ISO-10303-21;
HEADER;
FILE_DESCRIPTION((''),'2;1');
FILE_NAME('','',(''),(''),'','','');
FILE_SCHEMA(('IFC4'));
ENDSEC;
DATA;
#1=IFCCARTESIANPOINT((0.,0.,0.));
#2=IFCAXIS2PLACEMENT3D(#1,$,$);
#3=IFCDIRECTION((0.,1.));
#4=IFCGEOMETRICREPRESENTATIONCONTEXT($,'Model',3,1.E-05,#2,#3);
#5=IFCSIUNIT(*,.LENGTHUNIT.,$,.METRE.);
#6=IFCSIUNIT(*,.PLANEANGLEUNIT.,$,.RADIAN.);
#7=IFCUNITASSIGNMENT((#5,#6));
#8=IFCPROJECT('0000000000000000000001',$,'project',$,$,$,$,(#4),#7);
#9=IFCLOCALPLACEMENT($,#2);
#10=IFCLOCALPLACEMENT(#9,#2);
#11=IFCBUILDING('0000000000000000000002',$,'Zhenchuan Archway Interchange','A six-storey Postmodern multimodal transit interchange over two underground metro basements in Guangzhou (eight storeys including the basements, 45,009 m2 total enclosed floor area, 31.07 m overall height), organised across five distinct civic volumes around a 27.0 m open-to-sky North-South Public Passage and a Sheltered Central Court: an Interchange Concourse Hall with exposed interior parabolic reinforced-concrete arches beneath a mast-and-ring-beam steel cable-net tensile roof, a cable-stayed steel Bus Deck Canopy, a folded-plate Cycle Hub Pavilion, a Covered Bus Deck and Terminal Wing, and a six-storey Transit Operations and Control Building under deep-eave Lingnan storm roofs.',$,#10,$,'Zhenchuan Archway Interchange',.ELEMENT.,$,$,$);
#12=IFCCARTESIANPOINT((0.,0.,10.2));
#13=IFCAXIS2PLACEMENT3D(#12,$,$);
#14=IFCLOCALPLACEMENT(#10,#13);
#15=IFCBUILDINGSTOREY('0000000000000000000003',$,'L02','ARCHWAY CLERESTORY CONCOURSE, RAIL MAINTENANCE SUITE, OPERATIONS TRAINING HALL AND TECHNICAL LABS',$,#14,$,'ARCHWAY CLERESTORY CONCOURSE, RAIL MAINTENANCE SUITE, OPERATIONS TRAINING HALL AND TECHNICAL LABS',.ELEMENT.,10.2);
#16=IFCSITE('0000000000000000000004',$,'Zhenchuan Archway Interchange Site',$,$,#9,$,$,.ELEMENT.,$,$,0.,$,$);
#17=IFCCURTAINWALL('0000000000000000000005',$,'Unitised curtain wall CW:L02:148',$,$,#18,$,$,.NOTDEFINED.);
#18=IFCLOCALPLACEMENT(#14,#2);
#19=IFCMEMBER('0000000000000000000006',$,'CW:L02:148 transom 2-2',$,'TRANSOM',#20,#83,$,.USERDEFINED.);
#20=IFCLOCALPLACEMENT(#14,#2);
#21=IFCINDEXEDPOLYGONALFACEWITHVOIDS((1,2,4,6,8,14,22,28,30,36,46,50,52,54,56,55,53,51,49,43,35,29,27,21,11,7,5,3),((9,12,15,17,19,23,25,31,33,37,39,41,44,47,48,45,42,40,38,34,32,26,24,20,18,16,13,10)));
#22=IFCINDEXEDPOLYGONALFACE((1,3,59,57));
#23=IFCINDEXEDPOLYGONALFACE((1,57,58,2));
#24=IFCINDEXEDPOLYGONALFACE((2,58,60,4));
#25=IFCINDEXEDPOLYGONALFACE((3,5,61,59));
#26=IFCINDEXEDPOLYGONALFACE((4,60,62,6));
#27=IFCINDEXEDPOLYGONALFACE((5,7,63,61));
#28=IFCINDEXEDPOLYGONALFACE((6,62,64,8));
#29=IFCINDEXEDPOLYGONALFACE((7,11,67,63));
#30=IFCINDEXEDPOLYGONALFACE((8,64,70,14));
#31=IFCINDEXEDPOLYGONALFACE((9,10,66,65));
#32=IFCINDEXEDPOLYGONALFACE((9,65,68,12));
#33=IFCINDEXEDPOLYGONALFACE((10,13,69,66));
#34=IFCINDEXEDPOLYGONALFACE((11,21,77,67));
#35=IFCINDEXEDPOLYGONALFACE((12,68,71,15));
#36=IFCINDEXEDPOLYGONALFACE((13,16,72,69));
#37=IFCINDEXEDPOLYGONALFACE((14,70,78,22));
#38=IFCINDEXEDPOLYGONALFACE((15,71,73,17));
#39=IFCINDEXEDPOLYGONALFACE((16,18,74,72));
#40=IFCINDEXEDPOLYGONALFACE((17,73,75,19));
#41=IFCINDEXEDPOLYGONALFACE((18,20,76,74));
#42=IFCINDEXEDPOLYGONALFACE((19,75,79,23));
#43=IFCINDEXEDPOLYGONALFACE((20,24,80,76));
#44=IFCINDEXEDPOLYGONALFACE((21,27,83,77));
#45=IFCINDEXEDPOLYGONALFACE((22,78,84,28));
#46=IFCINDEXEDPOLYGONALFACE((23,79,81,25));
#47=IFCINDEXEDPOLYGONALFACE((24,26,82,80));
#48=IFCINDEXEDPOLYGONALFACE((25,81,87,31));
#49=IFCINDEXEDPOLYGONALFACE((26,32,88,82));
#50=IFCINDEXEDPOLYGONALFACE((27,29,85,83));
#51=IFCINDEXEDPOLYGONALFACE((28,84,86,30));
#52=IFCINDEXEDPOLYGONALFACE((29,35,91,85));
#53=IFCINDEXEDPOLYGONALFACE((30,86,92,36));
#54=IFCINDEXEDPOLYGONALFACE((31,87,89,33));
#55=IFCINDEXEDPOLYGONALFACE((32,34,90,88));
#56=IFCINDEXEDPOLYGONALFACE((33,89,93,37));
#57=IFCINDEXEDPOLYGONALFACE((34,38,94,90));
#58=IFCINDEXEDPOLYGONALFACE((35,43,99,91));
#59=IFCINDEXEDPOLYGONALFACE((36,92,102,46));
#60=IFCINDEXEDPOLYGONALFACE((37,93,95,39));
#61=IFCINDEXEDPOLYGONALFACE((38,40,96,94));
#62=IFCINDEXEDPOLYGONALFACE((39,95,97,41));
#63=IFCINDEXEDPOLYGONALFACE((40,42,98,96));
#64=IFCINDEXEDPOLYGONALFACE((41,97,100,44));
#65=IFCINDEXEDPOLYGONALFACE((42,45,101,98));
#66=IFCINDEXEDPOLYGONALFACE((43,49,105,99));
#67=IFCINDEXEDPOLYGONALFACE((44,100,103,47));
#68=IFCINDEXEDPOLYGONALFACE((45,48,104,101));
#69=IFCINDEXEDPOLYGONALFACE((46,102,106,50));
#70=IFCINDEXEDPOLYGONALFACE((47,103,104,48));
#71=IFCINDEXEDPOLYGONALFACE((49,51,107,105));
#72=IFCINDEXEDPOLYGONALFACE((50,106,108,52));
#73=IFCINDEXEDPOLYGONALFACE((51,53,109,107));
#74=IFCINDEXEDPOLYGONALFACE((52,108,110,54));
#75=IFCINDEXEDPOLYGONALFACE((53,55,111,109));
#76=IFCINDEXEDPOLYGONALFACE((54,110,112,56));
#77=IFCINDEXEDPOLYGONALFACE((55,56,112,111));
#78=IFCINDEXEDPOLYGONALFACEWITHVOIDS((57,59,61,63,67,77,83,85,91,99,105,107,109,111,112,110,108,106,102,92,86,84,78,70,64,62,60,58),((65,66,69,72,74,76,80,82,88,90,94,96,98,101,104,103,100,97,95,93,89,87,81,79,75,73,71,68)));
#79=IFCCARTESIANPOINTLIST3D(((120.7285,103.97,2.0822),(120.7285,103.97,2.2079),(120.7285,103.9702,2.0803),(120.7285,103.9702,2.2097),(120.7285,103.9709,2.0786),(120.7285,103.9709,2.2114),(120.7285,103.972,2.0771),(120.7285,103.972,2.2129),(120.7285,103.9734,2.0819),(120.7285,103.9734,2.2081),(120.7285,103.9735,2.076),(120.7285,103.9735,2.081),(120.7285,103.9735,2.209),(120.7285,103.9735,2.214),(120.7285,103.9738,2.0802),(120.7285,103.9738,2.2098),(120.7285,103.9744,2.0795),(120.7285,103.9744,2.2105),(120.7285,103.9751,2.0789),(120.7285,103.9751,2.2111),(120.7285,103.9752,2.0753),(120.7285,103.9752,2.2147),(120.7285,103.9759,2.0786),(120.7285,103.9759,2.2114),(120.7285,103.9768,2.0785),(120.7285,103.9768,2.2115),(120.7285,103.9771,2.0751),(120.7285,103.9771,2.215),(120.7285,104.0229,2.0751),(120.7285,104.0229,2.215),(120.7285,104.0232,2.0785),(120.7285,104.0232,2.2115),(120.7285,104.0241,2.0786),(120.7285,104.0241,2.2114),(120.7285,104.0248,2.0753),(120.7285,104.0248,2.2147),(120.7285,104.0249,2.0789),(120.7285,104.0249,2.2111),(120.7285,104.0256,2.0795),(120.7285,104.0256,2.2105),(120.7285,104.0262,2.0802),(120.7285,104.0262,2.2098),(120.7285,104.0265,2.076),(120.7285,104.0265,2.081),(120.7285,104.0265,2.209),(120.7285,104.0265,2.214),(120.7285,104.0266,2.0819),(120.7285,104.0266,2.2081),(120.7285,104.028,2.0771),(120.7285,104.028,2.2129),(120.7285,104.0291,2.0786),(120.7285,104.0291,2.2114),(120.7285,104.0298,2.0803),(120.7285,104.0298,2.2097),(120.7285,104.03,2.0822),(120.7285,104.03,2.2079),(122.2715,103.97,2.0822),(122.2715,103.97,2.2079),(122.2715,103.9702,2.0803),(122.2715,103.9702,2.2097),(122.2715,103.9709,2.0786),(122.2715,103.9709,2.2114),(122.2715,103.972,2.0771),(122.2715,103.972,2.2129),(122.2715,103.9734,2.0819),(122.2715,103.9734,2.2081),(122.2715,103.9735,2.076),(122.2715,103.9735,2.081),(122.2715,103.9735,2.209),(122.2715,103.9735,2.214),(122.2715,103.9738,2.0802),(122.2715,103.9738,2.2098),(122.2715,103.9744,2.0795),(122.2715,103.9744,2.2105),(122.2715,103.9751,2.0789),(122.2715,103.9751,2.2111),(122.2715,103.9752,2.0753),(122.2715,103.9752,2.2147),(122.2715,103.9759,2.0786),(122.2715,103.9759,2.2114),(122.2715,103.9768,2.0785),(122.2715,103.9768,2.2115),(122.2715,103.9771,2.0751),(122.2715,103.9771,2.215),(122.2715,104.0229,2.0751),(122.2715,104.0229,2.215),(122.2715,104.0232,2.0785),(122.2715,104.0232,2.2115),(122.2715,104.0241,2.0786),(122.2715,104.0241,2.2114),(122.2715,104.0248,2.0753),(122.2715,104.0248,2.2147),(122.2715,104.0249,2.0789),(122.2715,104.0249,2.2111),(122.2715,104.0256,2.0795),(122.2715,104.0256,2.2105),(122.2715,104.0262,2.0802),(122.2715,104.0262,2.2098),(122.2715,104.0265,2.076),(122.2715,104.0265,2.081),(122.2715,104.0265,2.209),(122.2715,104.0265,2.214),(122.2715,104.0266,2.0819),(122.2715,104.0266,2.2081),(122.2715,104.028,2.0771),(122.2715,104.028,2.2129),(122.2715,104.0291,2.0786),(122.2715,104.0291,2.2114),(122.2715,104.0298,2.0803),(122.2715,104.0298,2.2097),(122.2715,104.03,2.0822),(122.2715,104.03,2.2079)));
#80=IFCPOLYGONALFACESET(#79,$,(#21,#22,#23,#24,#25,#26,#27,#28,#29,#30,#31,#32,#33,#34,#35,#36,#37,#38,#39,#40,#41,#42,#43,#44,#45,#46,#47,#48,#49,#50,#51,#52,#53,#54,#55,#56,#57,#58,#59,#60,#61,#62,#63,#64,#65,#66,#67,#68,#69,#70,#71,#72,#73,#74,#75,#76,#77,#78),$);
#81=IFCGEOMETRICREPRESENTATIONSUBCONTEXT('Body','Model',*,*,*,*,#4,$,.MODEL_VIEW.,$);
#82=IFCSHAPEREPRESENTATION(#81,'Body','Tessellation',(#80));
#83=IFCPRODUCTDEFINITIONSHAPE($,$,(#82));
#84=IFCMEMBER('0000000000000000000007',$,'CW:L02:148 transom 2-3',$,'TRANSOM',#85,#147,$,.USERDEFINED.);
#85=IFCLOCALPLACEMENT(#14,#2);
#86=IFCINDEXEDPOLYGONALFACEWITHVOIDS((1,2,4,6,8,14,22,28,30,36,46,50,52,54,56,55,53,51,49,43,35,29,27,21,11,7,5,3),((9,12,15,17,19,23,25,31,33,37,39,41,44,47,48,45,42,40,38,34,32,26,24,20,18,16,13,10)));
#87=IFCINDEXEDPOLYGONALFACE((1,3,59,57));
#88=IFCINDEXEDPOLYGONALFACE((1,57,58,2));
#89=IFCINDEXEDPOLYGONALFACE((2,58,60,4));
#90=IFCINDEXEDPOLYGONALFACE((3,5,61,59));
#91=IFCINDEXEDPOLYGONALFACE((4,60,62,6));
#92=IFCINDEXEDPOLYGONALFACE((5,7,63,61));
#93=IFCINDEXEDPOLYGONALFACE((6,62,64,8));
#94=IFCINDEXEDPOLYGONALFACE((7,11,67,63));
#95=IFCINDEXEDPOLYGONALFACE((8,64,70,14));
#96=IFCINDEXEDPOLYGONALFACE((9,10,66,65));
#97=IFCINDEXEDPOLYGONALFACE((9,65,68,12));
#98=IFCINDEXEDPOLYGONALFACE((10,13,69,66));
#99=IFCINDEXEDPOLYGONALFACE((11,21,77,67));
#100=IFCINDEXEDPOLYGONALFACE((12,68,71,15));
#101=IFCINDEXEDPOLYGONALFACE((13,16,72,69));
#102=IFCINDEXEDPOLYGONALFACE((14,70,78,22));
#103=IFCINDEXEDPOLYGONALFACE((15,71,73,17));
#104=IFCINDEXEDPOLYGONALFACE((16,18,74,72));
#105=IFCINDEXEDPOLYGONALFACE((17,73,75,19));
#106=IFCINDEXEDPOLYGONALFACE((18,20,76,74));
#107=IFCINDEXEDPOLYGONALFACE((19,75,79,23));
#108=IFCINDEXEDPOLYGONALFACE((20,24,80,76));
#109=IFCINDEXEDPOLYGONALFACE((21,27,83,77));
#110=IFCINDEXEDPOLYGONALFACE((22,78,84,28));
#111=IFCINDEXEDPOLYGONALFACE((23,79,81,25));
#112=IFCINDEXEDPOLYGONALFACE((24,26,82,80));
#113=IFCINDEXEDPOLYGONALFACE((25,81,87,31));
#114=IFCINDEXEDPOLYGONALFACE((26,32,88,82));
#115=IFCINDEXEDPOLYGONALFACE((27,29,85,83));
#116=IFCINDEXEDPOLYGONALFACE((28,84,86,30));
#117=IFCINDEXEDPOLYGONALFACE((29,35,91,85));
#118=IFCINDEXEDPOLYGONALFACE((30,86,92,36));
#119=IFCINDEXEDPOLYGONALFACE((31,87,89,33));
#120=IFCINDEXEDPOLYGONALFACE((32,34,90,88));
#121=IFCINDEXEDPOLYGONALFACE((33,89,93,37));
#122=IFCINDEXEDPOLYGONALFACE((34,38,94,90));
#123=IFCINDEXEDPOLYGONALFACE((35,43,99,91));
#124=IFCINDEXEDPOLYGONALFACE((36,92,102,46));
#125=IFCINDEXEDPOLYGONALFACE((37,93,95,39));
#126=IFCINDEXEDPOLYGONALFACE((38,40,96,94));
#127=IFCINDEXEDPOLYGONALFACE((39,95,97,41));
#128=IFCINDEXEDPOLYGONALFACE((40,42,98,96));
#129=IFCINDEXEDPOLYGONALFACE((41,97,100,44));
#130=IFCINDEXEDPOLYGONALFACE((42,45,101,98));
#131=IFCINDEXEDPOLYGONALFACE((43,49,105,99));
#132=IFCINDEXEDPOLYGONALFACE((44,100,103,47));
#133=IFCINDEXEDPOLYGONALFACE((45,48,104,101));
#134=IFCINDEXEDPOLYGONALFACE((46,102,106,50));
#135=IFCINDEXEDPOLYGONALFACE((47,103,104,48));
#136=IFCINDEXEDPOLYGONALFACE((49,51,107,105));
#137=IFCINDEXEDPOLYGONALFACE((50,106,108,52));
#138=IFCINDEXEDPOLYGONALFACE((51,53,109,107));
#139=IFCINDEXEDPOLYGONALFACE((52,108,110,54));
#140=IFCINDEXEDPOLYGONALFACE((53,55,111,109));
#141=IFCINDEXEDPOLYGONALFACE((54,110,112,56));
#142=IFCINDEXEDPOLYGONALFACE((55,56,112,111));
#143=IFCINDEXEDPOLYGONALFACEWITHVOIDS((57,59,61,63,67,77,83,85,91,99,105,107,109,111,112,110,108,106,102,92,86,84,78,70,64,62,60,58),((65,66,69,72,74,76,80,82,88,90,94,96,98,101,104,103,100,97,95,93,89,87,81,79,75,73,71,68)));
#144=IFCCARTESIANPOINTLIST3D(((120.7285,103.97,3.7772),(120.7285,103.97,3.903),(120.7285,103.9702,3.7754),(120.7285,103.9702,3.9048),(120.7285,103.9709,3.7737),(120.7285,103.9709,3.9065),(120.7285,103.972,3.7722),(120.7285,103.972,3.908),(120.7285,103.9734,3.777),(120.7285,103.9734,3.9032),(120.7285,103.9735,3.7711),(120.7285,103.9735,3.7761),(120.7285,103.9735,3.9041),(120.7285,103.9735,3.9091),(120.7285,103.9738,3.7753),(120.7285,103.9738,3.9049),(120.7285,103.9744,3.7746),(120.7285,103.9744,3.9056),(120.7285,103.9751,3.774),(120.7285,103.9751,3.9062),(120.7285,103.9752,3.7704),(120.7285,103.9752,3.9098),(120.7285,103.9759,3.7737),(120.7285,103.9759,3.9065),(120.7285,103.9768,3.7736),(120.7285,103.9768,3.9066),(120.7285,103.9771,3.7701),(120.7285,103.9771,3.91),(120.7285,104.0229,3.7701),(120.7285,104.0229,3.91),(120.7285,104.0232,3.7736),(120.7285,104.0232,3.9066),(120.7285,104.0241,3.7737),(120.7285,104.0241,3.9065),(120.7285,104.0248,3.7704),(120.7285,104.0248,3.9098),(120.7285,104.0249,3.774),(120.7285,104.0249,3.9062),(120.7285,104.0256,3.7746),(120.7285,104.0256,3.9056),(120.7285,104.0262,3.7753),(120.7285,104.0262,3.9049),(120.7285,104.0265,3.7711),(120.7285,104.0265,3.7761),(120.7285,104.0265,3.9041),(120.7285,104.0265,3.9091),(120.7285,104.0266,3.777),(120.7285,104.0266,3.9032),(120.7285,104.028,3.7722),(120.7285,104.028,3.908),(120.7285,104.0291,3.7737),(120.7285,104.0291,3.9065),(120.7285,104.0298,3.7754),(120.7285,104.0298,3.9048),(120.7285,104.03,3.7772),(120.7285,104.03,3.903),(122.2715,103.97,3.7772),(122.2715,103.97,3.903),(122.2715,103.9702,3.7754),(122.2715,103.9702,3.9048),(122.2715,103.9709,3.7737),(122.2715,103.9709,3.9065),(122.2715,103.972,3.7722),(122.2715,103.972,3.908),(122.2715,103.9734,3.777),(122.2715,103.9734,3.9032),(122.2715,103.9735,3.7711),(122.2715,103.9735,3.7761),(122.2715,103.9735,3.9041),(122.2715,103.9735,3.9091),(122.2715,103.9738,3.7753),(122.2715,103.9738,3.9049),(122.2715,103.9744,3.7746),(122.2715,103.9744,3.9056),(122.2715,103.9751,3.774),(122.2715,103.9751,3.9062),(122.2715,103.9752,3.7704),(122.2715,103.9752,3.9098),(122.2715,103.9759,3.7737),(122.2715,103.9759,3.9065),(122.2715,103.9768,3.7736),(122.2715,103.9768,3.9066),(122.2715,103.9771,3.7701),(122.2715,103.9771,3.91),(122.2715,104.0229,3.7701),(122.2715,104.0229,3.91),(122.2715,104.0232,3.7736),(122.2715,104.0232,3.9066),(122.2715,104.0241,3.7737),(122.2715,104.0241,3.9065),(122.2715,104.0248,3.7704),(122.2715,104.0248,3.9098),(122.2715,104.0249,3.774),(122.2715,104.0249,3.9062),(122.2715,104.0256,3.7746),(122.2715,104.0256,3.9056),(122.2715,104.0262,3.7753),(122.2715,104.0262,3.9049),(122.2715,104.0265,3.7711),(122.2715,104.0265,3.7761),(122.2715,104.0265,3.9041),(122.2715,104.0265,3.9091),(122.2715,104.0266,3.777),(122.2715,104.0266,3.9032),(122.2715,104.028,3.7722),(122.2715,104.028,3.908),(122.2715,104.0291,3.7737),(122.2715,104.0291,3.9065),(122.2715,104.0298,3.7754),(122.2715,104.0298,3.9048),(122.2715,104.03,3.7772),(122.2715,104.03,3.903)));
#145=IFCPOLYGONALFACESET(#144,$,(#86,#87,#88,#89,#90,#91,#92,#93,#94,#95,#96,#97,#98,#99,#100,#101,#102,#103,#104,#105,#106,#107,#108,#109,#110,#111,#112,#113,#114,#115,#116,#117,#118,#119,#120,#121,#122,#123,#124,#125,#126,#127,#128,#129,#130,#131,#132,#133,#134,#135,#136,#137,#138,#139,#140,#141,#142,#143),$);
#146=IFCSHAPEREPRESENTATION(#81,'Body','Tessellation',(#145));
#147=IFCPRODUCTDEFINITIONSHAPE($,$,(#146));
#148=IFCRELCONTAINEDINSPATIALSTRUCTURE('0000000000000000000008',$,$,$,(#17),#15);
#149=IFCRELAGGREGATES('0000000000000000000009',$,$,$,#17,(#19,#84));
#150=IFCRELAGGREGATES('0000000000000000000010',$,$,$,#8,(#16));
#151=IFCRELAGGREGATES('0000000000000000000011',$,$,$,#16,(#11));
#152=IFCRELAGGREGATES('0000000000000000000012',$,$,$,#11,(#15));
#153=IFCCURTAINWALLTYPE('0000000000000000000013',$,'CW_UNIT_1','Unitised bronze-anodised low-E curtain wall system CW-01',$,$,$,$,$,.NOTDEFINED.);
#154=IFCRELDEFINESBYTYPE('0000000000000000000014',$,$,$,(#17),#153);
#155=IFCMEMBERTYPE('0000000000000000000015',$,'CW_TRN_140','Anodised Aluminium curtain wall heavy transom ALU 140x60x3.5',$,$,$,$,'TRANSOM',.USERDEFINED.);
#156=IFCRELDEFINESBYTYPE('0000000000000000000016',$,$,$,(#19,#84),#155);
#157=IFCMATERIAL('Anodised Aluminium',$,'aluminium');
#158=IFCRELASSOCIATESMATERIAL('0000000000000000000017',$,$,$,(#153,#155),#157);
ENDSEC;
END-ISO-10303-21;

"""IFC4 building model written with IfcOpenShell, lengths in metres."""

from ifc_helpers import new_model, si_unit, direction, frame, origin, origin_2d, place, context, subcontext, project, spatial, hollow_rectangle, extrude, material, material_profile, profile_set, type_object, element, aggregate, save


model = new_model("IFC4")

# Units and contexts
model_context = context("Model", 3, precision=1e-05, world=origin(), true_north=direction((0.0, 1.0)))
body_context = subcontext(model_context, "Body", "Model", "MODEL_VIEW")
ifc_project = project(units=[si_unit("LENGTHUNIT", "METRE"), si_unit("PLANEANGLEUNIT", "RADIAN")], contexts=[model_context])

# Site, building, storey
site_placement = place(None, origin())
site = spatial("IfcSite", under=ifc_project, at=site_placement, Name="Zhenchuan Archway Interchange Site", CompositionType="ELEMENT", RefElevation=0.0)
building_placement = place(site_placement, origin())
building = spatial("IfcBuilding", under=site, at=building_placement, Name="Zhenchuan Archway Interchange", Description="A six-storey Postmodern multimodal transit interchange over two underground metro basements in Guangzhou (eight storeys including the basements, 45,009 m2 total enclosed floor area, 31.07 m overall height), organised across five distinct civic volumes around a 27.0 m open-to-sky North-South Public Passage and a Sheltered Central Court: an Interchange Concourse Hall with exposed interior parabolic reinforced-concrete arches beneath a mast-and-ring-beam steel cable-net tensile roof, a cable-stayed steel Bus Deck Canopy, a folded-plate Cycle Hub Pavilion, a Covered Bus Deck and Terminal Wing, and a six-storey Transit Operations and Control Building under deep-eave Lingnan storm roofs.", LongName="Zhenchuan Archway Interchange", CompositionType="ELEMENT")
storey_placement = place(building_placement, frame((0.0, 0.0, 10.2)))
storey = spatial("IfcBuildingStorey", under=building, at=storey_placement, Name="L02", Description="ARCHWAY CLERESTORY CONCOURSE, RAIL MAINTENANCE SUITE, OPERATIONS TRAINING HALL AND TECHNICAL LABS", LongName="ARCHWAY CLERESTORY CONCOURSE, RAIL MAINTENANCE SUITE, OPERATIONS TRAINING HALL AND TECHNICAL LABS", CompositionType="ELEMENT", Elevation=10.2)

# Curtain wall, members
ifc_material_1 = material(Name="Anodised Aluminium", Category="aluminium")
curtain_wall_type = type_object("IfcCurtainWallType", Name="CW_UNIT_1", Description="Unitised bronze-anodised low-E curtain wall system CW-01", PredefinedType="NOTDEFINED", material=ifc_material_1)
curtain_wall_placement = place(storey_placement, origin())
curtain_wall = element("IfcCurtainWall", 1, at=curtain_wall_placement, inside=storey, type_object=curtain_wall_type, Name="Unitised curtain wall CW:L02:148", PredefinedType="NOTDEFINED")
ifc_material_profile_1 = material_profile(ifc_material_1, hollow_rectangle(XDim=0.0601, YDim=0.1399, WallThickness=0.0034, InnerFilletRadius=0.0034, OuterFilletRadius=0.0071, at=origin_2d()), Name="ALU 140x60x3.5")
ifc_profile_set_1 = profile_set([ifc_material_profile_1], Name="Anodised Aluminium")
member_type_1 = type_object("IfcMemberType", Name="CW_TRN_140", Description="Anodised Aluminium curtain wall heavy transom ALU 140x60x3.5", ElementType="TRANSOM", PredefinedType="USERDEFINED", material=ifc_profile_set_1)
member_1_placement = place(storey_placement, frame((120.7285, 104.0, 2.145), z_axis=(1.0, 0.0, 0.0), x_axis=(0.0, 1.0, 0.0)))
member_1 = element("IfcMember", 2, at=member_1_placement, type_object=member_type_1, Name="CW:L02:148 transom 2-2", ObjectType="TRANSOM", PredefinedType="USERDEFINED", context=body_context, shape_type="SweptSolid", body=[
    extrude(hollow_rectangle(XDim=0.0601, YDim=0.1399, WallThickness=0.0034, InnerFilletRadius=0.0034, OuterFilletRadius=0.0071, at=origin_2d()), origin(), (0.0, 0.0, 1.0), 1.543),
])
member_2_placement = place(storey_placement, frame((120.7285, 104.0, 3.8401), z_axis=(1.0, 0.0, 0.0), x_axis=(0.0, 1.0, 0.0)))
member_2 = element("IfcMember", 3, at=member_2_placement, type_object=member_type_1, Name="CW:L02:148 transom 2-3", ObjectType="TRANSOM", PredefinedType="USERDEFINED", context=body_context, shape_type="SweptSolid", body=[
    extrude(hollow_rectangle(XDim=0.0601, YDim=0.1399, WallThickness=0.0034, InnerFilletRadius=0.0034, OuterFilletRadius=0.0071, at=origin_2d()), origin(), (0.0, 0.0, 1.0), 1.543),
])
aggregate(curtain_wall, [member_1, member_2])

save(model, "model.ifc")
